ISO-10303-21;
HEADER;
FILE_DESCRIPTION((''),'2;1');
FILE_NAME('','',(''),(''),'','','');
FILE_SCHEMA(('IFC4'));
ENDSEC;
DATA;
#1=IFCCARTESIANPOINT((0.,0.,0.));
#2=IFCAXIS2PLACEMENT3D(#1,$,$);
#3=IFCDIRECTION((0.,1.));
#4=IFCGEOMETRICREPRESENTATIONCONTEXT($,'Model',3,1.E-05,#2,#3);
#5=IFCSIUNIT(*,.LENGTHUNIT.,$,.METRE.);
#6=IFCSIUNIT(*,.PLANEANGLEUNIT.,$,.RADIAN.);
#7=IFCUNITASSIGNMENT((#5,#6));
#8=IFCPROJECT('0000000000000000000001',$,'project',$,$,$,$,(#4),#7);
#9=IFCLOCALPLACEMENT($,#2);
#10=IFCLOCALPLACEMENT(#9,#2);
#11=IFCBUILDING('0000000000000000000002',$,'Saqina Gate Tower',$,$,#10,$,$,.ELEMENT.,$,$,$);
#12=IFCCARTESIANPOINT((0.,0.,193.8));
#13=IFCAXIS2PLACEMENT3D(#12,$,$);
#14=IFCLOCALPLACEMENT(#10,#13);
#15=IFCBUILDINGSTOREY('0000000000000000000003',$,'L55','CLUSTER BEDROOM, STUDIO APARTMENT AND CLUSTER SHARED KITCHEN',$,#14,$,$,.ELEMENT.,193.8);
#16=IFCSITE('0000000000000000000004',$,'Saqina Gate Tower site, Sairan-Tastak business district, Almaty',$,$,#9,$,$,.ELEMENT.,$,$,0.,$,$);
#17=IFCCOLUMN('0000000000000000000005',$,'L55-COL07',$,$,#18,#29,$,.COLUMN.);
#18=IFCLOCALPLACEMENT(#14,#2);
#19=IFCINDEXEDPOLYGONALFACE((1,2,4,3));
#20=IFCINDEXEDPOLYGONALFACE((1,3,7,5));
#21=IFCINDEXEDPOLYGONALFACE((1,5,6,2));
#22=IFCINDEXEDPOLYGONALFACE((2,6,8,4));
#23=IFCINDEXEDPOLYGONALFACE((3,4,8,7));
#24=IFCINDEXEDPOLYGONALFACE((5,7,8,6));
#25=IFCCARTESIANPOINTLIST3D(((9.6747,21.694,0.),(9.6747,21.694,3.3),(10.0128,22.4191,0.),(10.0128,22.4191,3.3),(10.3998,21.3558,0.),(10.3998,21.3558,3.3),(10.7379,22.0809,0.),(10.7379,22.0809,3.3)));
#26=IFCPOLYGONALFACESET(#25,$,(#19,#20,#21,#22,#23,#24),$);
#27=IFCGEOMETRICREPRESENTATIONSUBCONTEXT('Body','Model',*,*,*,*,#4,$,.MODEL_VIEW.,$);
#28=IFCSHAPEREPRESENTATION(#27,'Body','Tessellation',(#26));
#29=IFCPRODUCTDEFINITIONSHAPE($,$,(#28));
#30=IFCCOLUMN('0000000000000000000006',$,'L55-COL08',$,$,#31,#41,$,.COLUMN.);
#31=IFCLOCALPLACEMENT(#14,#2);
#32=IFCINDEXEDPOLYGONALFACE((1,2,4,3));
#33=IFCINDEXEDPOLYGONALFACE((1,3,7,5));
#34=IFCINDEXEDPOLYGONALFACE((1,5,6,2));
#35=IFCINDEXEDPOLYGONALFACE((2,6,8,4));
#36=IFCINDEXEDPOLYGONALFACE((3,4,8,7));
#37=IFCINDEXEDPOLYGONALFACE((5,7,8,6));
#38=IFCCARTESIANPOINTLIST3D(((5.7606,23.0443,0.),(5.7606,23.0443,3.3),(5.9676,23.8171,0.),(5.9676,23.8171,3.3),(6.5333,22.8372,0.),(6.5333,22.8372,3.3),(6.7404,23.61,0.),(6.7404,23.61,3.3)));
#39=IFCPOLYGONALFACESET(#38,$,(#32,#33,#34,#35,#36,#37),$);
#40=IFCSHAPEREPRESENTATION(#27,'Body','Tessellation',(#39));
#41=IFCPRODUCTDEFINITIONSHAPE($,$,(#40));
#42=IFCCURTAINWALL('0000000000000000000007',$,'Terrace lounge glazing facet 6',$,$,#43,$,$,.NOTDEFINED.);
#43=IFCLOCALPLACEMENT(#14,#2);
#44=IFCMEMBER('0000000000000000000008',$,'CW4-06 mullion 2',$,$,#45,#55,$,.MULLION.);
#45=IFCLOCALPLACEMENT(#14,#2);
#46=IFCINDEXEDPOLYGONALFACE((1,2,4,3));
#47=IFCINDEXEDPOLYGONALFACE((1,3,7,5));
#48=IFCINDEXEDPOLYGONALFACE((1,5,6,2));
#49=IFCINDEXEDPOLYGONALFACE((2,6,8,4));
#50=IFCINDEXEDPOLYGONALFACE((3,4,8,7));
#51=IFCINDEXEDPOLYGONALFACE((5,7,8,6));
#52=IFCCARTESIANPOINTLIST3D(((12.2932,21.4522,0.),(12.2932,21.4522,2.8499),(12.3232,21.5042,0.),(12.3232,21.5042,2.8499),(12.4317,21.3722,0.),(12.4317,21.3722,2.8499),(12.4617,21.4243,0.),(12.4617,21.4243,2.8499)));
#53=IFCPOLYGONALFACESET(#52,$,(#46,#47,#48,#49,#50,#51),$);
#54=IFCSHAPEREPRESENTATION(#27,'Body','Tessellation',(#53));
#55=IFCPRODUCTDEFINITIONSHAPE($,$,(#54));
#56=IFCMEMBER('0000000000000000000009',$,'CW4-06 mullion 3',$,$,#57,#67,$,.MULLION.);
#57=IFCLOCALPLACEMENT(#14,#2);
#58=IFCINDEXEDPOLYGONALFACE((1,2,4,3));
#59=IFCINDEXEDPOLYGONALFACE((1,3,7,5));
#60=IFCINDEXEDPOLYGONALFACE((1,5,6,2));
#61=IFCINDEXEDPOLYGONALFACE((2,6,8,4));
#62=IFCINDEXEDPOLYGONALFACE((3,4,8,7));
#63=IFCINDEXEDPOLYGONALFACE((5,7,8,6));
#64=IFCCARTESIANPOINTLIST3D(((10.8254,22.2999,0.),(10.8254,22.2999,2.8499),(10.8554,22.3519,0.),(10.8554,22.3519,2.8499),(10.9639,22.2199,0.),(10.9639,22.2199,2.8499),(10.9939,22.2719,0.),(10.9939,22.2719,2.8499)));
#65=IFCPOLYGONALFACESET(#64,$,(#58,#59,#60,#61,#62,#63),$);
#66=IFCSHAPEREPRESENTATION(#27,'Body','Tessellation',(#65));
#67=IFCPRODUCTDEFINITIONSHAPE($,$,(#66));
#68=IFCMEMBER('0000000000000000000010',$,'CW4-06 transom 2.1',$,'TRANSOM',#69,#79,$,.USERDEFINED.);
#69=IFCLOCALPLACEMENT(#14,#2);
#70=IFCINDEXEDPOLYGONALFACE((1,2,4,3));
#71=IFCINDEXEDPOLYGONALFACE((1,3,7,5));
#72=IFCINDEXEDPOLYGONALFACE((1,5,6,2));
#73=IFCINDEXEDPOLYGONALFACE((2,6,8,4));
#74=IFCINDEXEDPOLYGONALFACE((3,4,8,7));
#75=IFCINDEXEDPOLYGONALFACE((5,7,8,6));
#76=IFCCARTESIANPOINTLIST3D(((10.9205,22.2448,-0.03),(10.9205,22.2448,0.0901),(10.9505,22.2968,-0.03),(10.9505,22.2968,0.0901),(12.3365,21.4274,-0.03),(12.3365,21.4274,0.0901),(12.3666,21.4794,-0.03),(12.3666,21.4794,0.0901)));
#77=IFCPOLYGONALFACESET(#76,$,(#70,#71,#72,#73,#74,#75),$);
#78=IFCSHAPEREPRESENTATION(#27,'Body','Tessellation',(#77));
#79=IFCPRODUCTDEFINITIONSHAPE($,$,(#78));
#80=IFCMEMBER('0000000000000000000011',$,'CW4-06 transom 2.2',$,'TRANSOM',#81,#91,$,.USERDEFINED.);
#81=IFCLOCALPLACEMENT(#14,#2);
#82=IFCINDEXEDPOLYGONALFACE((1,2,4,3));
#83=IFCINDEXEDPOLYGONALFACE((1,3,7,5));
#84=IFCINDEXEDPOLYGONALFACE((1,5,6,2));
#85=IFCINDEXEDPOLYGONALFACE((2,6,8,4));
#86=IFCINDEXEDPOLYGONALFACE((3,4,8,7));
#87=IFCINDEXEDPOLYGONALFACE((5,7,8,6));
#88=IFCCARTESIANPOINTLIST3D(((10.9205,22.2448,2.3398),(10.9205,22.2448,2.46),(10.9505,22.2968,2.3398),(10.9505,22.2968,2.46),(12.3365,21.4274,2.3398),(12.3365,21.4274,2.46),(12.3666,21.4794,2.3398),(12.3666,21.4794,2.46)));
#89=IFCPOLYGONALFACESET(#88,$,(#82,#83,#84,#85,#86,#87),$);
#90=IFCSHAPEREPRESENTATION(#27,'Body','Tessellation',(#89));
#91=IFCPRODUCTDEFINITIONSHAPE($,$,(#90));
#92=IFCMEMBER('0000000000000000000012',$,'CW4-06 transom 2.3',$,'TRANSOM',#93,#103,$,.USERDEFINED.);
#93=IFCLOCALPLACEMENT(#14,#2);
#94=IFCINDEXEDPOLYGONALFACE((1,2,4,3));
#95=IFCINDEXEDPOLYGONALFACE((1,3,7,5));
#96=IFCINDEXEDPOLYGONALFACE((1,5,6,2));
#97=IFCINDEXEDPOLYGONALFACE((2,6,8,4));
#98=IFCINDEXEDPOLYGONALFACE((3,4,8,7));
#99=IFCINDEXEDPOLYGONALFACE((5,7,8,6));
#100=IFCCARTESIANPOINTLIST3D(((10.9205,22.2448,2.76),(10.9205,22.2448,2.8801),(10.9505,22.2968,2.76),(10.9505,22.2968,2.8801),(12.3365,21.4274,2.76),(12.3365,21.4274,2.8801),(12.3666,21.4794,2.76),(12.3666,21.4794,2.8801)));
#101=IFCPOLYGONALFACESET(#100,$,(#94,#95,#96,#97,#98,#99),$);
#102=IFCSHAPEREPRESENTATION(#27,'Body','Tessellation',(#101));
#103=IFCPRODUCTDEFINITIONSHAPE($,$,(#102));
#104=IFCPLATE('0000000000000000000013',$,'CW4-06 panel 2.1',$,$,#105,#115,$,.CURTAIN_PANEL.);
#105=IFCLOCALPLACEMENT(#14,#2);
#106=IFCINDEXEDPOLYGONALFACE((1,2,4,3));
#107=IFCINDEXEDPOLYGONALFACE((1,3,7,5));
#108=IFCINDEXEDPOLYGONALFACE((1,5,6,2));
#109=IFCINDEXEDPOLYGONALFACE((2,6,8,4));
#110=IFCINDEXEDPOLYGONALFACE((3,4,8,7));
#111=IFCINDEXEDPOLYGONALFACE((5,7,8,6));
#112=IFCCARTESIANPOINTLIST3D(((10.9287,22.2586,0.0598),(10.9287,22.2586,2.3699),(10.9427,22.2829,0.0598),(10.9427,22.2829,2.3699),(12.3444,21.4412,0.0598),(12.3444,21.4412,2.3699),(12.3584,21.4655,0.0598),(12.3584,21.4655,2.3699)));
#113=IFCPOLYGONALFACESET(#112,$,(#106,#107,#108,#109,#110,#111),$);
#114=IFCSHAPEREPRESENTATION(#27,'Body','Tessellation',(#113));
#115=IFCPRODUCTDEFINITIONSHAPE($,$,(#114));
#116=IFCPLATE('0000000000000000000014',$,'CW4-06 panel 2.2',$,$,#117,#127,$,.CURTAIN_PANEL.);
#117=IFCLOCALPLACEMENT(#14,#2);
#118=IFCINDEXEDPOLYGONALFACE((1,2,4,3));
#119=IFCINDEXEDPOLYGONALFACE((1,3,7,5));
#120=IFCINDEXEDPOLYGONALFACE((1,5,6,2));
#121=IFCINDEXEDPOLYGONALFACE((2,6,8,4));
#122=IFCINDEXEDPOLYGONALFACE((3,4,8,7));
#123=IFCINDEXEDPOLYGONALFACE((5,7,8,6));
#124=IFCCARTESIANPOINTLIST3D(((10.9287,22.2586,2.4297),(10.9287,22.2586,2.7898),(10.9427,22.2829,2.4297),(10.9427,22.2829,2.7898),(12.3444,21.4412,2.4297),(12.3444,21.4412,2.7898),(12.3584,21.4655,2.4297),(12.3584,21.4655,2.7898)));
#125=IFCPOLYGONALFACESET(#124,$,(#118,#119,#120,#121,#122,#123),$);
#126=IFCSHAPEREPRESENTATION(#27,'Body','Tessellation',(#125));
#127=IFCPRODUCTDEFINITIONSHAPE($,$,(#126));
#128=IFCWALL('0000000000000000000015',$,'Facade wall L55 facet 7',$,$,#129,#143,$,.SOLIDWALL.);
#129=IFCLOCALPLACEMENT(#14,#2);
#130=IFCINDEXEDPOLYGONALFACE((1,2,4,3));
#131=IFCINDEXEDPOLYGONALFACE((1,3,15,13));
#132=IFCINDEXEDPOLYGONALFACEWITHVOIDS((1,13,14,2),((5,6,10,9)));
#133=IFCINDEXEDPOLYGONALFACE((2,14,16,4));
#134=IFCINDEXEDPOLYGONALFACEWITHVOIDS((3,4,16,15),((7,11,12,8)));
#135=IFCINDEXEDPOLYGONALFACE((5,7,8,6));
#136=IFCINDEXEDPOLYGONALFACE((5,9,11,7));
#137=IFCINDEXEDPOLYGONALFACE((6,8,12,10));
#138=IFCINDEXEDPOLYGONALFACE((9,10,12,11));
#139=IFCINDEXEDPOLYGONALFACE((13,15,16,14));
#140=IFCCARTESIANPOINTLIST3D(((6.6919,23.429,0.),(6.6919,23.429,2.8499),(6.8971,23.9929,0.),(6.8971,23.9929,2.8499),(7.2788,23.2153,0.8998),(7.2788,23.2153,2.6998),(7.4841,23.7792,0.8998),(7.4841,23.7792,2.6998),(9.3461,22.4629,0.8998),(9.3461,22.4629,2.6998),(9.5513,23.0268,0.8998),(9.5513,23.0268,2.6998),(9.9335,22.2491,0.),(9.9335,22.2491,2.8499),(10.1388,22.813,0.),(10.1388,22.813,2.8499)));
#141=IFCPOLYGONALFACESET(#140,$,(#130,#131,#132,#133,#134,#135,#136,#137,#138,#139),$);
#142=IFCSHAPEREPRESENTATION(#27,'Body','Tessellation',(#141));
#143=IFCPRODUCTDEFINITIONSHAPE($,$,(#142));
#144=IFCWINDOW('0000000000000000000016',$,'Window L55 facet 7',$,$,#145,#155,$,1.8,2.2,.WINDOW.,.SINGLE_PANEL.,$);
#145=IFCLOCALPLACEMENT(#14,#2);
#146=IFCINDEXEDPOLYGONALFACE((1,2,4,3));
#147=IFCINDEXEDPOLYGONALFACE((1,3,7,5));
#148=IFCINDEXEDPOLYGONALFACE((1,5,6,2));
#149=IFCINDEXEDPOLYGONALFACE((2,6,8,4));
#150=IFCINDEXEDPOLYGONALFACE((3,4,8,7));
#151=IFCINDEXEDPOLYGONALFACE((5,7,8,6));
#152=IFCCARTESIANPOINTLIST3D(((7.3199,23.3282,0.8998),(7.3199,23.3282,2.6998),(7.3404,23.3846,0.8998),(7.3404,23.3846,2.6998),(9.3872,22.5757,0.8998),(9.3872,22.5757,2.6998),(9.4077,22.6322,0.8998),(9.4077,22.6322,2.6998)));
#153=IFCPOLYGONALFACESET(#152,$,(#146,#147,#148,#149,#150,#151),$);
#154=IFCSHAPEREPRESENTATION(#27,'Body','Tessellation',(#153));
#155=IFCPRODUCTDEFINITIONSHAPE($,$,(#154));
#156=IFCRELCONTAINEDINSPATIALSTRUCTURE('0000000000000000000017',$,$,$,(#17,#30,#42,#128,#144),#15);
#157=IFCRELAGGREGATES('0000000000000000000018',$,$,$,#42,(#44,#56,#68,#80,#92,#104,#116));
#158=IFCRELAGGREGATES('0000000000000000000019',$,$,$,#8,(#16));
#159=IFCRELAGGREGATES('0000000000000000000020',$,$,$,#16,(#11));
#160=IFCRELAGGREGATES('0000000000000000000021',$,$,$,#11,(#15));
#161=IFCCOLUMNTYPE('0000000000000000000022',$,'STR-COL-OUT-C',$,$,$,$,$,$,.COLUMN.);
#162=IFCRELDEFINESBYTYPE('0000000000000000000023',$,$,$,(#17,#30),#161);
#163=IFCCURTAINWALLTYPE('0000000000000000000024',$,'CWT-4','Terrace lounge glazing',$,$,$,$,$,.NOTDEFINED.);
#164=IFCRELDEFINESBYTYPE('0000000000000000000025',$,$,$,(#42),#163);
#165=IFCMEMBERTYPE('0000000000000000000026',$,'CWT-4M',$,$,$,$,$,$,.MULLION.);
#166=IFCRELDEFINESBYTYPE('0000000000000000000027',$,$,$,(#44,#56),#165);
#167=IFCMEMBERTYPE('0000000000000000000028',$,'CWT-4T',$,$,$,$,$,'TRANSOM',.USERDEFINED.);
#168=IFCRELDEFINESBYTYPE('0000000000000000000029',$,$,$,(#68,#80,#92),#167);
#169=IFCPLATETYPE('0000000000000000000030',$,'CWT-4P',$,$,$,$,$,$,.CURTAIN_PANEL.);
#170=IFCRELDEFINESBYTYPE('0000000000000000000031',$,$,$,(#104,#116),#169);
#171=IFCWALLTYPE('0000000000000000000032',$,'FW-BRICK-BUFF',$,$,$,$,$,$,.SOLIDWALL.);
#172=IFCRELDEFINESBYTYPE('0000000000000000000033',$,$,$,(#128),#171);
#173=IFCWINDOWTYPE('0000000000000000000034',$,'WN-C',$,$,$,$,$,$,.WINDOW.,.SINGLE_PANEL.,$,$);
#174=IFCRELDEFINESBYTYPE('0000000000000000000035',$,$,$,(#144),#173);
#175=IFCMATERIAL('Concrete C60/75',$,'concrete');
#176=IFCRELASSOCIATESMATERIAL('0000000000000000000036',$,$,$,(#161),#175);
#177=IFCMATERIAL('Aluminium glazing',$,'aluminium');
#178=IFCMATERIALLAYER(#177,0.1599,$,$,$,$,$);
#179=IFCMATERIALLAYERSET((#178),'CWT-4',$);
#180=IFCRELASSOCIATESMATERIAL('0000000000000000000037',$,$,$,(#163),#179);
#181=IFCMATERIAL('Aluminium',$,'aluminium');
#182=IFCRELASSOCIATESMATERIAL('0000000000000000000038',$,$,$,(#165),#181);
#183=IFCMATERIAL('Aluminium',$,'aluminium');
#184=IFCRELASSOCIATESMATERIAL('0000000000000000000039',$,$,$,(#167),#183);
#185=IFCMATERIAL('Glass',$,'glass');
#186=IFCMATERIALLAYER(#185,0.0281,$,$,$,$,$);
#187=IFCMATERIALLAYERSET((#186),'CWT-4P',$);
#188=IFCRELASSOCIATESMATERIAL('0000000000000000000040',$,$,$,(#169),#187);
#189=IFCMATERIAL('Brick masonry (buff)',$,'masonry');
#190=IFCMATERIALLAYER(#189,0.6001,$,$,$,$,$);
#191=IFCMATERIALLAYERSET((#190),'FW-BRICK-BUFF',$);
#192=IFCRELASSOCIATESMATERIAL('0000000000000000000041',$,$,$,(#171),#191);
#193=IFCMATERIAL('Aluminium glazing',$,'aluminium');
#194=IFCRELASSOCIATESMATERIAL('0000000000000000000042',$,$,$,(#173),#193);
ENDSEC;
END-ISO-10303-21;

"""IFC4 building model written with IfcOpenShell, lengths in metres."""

from ifc_helpers import new_model, si_unit, direction, frame, frame_2d, origin, origin_2d, place, context, subcontext, project, spatial, rectangle, extrude, material, layer, layer_set, material_profile, profile_set, type_object, element, fill, aggregate, save


model = new_model("IFC4")

# Units and contexts
model_context = context("Model", 3, precision=1e-05, world=origin(), true_north=direction((0.0, 1.0)))
body_context = subcontext(model_context, "Body", "Model", "MODEL_VIEW")
ifc_project = project(units=[si_unit("LENGTHUNIT", "METRE"), si_unit("PLANEANGLEUNIT", "RADIAN")], contexts=[model_context])

# Site, building, storey
site_placement = place(None, origin())
site = spatial("IfcSite", under=ifc_project, at=site_placement, Name="Saqina Gate Tower site, Sairan-Tastak business district, Almaty", CompositionType="ELEMENT", RefElevation=0.0)
building_placement = place(site_placement, origin())
building = spatial("IfcBuilding", under=site, at=building_placement, Name="Saqina Gate Tower", CompositionType="ELEMENT")
storey_placement = place(building_placement, frame((0.0, 0.0, 193.8)))
storey = spatial("IfcBuildingStorey", under=building, at=storey_placement, Name="L55", Description="CLUSTER BEDROOM, STUDIO APARTMENT AND CLUSTER SHARED KITCHEN", CompositionType="ELEMENT", Elevation=193.8)

# Columns
ifc_material_1 = material(Name="Concrete C60/75", Category="concrete")
ifc_material_profile_1 = material_profile(ifc_material_1, rectangle(XDim=0.8, YDim=0.8, at=origin_2d()), Name="RC 800x800")
ifc_profile_set_1 = profile_set([ifc_material_profile_1], Name="Concrete C60/75")
column_type = type_object("IfcColumnType", Name="STR-COL-OUT-C", PredefinedType="COLUMN", material=ifc_profile_set_1)
for number, where, z_axis, x_axis, name in (
    (1, (10.2063, 21.8875, 0.0), (0.0, 0.0, 1.0), (0.422618, 0.906308, 0.0), "L55-COL07"),
    (2, (6.2505, 23.3271, 0.0), (0.0, 0.0, 1.0), (0.258819, 0.965926, 0.0), "L55-COL08"),
):
    element("IfcColumn", number, at=place(storey_placement, frame(where, z_axis=z_axis, x_axis=x_axis)), inside=storey, type_object=column_type, Name=name, PredefinedType="COLUMN", context=body_context, shape_type="SweptSolid", body=[
        extrude(rectangle(XDim=0.8, YDim=0.8, at=origin_2d()), origin(), (0.0, 0.0, 1.0), 3.3),
    ])

# Curtain wall, members, plates
ifc_material_2 = material(Name="Aluminium glazing", Category="aluminium")
ifc_layer_1 = layer(ifc_material_2, 0.1599)
ifc_layer_set_1 = layer_set([ifc_layer_1], Name="CWT-4")
curtain_wall_type = type_object("IfcCurtainWallType", Name="CWT-4", Description="Terrace lounge glazing", PredefinedType="NOTDEFINED", material=ifc_layer_set_1)
curtain_wall_placement = place(storey_placement, origin())
curtain_wall = element("IfcCurtainWall", 3, at=curtain_wall_placement, inside=storey, type_object=curtain_wall_type, Name="Terrace lounge glazing facet 6", PredefinedType="NOTDEFINED")
ifc_material_3 = material(Name="Aluminium", Category="aluminium")
ifc_material_profile_2 = material_profile(ifc_material_3, rectangle(XDim=0.0601, YDim=0.1599, at=origin_2d()), Name="Aluminium 60x160")
ifc_profile_set_2 = profile_set([ifc_material_profile_2], Name="Aluminium")
member_type_1 = type_object("IfcMemberType", Name="CWT-4M", PredefinedType="MULLION", material=ifc_profile_set_2)
member_1_placement = place(storey_placement, frame((12.3774, 21.4382, 0.0), z_axis=(0.0, 0.0, 1.0), x_axis=(-0.500014, -0.866017, 0.0)))
member_1 = element("IfcMember", 4, at=member_1_placement, type_object=member_type_1, Name="CW4-06 mullion 2", PredefinedType="MULLION", context=body_context, shape_type="SweptSolid", body=[
    extrude(rectangle(XDim=0.0601, YDim=0.1599, at=origin_2d()), origin(), (0.0, 0.0, 1.0), 2.8499),
])
member_2_placement = place(storey_placement, frame((10.9097, 22.2859, 0.0), z_axis=(0.0, 0.0, 1.0), x_axis=(-0.500014, -0.866017, 0.0)))
member_2 = element("IfcMember", 5, at=member_2_placement, type_object=member_type_1, Name="CW4-06 mullion 3", PredefinedType="MULLION", context=body_context, shape_type="SweptSolid", body=[
    extrude(rectangle(XDim=0.0601, YDim=0.1599, at=origin_2d()), origin(), (0.0, 0.0, 1.0), 2.8499),
])
ifc_material_4 = material(Name="Aluminium", Category="aluminium")
ifc_material_profile_3 = material_profile(ifc_material_4, rectangle(XDim=0.0601, YDim=0.1201, at=origin_2d()), Name="Aluminium 60x120")
ifc_profile_set_3 = profile_set([ifc_material_profile_3], Name="Aluminium")
member_type_2 = type_object("IfcMemberType", Name="CWT-4T", ElementType="TRANSOM", PredefinedType="USERDEFINED", material=ifc_profile_set_3)
member_3_placement = place(storey_placement, frame((12.3516, 21.4534, 0.03), z_axis=(-0.866066, 0.499929, 0.0), x_axis=(-0.499929, -0.866066, 0.0)))
member_3 = element("IfcMember", 6, at=member_3_placement, type_object=member_type_2, Name="CW4-06 transom 2.1", ObjectType="TRANSOM", PredefinedType="USERDEFINED", context=body_context, shape_type="SweptSolid", body=[
    extrude(rectangle(XDim=0.0601, YDim=0.1201, at=origin_2d()), origin(), (0.0, 0.0, 1.0), 1.635),
])
member_4_placement = place(storey_placement, frame((12.3516, 21.4534, 2.3999), z_axis=(-0.866066, 0.499929, 0.0), x_axis=(-0.499929, -0.866066, 0.0)))
member_4 = element("IfcMember", 7, at=member_4_placement, type_object=member_type_2, Name="CW4-06 transom 2.2", ObjectType="TRANSOM", PredefinedType="USERDEFINED", context=body_context, shape_type="SweptSolid", body=[
    extrude(rectangle(XDim=0.0601, YDim=0.1201, at=origin_2d()), origin(), (0.0, 0.0, 1.0), 1.635),
])
member_5_placement = place(storey_placement, frame((12.3516, 21.4534, 2.8201), z_axis=(-0.866066, 0.499929, 0.0), x_axis=(-0.499929, -0.866066, 0.0)))
member_5 = element("IfcMember", 8, at=member_5_placement, type_object=member_type_2, Name="CW4-06 transom 2.3", ObjectType="TRANSOM", PredefinedType="USERDEFINED", context=body_context, shape_type="SweptSolid", body=[
    extrude(rectangle(XDim=0.0601, YDim=0.1201, at=origin_2d()), origin(), (0.0, 0.0, 1.0), 1.635),
])
ifc_material_5 = material(Name="Glass", Category="glass")
ifc_layer_2 = layer(ifc_material_5, 0.0281)
ifc_layer_set_2 = layer_set([ifc_layer_2], Name="CWT-4P")
plate_type = type_object("IfcPlateType", Name="CWT-4P", PredefinedType="CURTAIN_PANEL", material=ifc_layer_set_2)
plate_1_placement = place(storey_placement, frame((11.6436, 21.8621, 0.0598), z_axis=(0.0, 0.0, 1.0), x_axis=(-0.866017, 0.500014, 0.0)))
plate_1 = element("IfcPlate", 9, at=plate_1_placement, type_object=plate_type, Name="CW4-06 panel 2.1", PredefinedType="CURTAIN_PANEL", context=body_context, shape_type="SweptSolid", body=[
    extrude(rectangle(XDim=1.6348, YDim=0.0281, at=origin_2d()), origin(), (0.0, 0.0, 1.0), 2.3101),
])
plate_2_placement = place(storey_placement, frame((11.6436, 21.8621, 2.4297), z_axis=(0.0, 0.0, 1.0), x_axis=(-0.866017, 0.500014, 0.0)))
plate_2 = element("IfcPlate", 10, at=plate_2_placement, type_object=plate_type, Name="CW4-06 panel 2.2", PredefinedType="CURTAIN_PANEL", context=body_context, shape_type="SweptSolid", body=[
    extrude(rectangle(XDim=1.6348, YDim=0.0281, at=origin_2d()), origin(), (0.0, 0.0, 1.0), 0.3601),
])
aggregate(curtain_wall, [member_1, member_2, member_3, member_4, member_5, plate_1, plate_2])

# Wall, opening, window
ifc_material_6 = material(Name="Brick masonry (buff)", Category="masonry")
ifc_layer_3 = layer(ifc_material_6, 0.6001)
ifc_layer_set_3 = layer_set([ifc_layer_3], Name="FW-BRICK-BUFF")
wall_type_1 = type_object("IfcWallType", Name="FW-BRICK-BUFF", PredefinedType="SOLIDWALL", material=ifc_layer_set_3)
wall_1_placement = place(storey_placement, frame((10.0361, 22.531, 0.0), z_axis=(0.0, 0.0, 1.0), x_axis=(-0.939688, 0.342033, 0.0)))
wall_1 = element("IfcWall", 11, at=wall_1_placement, inside=storey, type_object=wall_type_1, Name="Facade wall L55 facet 7", PredefinedType="SOLIDWALL", context=body_context, shape_type="SweptSolid", body=[
    extrude(rectangle(XDim=3.4497, YDim=0.6001, at=frame_2d((1.7249, 0.0))), origin(), (0.0, 0.0, 1.0), 2.8499),
])
opening_1_placement = place(wall_1_placement, frame((0.625, 0.0, 0.8999)))
opening_1 = element("IfcOpeningElement", 12, at=opening_1_placement, cuts=wall_1, PredefinedType="OPENING", context=body_context, shape_type="SweptSolid", body=[
    extrude(rectangle(XDim=2.2, YDim=1.8, at=frame_2d((1.1001, 0.8999))), frame((0.0, 0.312, 0.0), z_axis=(0.0, -1.0, 0.0), x_axis=(1.0, 0.0, 0.0)), (0.0, 0.0, 1.0), 0.624),
])
ifc_material_7 = material(Name="Aluminium glazing", Category="aluminium")
window_type = type_object("IfcWindowType", Name="WN-C", PartitioningType="SINGLE_PANEL", PredefinedType="WINDOW", material=ifc_material_7)
window_placement = place(opening_1_placement, origin())
window = element("IfcWindow", 13, at=window_placement, inside=storey, type_object=window_type, Name="Window L55 facet 7", OverallHeight=1.8, OverallWidth=2.2, PartitioningType="SINGLE_PANEL", PredefinedType="WINDOW", context=body_context, shape_type="SweptSolid", body=[
    extrude(rectangle(XDim=2.2, YDim=1.8, at=frame_2d((1.1001, 0.8999))), frame((0.0, 0.1799, 0.0), z_axis=(0.0, -1.0, 0.0), x_axis=(1.0, 0.0, 0.0)), (0.0, 0.0, 1.0), 0.0601),
])
fill(opening_1, window)

save(model, "model.ifc")
